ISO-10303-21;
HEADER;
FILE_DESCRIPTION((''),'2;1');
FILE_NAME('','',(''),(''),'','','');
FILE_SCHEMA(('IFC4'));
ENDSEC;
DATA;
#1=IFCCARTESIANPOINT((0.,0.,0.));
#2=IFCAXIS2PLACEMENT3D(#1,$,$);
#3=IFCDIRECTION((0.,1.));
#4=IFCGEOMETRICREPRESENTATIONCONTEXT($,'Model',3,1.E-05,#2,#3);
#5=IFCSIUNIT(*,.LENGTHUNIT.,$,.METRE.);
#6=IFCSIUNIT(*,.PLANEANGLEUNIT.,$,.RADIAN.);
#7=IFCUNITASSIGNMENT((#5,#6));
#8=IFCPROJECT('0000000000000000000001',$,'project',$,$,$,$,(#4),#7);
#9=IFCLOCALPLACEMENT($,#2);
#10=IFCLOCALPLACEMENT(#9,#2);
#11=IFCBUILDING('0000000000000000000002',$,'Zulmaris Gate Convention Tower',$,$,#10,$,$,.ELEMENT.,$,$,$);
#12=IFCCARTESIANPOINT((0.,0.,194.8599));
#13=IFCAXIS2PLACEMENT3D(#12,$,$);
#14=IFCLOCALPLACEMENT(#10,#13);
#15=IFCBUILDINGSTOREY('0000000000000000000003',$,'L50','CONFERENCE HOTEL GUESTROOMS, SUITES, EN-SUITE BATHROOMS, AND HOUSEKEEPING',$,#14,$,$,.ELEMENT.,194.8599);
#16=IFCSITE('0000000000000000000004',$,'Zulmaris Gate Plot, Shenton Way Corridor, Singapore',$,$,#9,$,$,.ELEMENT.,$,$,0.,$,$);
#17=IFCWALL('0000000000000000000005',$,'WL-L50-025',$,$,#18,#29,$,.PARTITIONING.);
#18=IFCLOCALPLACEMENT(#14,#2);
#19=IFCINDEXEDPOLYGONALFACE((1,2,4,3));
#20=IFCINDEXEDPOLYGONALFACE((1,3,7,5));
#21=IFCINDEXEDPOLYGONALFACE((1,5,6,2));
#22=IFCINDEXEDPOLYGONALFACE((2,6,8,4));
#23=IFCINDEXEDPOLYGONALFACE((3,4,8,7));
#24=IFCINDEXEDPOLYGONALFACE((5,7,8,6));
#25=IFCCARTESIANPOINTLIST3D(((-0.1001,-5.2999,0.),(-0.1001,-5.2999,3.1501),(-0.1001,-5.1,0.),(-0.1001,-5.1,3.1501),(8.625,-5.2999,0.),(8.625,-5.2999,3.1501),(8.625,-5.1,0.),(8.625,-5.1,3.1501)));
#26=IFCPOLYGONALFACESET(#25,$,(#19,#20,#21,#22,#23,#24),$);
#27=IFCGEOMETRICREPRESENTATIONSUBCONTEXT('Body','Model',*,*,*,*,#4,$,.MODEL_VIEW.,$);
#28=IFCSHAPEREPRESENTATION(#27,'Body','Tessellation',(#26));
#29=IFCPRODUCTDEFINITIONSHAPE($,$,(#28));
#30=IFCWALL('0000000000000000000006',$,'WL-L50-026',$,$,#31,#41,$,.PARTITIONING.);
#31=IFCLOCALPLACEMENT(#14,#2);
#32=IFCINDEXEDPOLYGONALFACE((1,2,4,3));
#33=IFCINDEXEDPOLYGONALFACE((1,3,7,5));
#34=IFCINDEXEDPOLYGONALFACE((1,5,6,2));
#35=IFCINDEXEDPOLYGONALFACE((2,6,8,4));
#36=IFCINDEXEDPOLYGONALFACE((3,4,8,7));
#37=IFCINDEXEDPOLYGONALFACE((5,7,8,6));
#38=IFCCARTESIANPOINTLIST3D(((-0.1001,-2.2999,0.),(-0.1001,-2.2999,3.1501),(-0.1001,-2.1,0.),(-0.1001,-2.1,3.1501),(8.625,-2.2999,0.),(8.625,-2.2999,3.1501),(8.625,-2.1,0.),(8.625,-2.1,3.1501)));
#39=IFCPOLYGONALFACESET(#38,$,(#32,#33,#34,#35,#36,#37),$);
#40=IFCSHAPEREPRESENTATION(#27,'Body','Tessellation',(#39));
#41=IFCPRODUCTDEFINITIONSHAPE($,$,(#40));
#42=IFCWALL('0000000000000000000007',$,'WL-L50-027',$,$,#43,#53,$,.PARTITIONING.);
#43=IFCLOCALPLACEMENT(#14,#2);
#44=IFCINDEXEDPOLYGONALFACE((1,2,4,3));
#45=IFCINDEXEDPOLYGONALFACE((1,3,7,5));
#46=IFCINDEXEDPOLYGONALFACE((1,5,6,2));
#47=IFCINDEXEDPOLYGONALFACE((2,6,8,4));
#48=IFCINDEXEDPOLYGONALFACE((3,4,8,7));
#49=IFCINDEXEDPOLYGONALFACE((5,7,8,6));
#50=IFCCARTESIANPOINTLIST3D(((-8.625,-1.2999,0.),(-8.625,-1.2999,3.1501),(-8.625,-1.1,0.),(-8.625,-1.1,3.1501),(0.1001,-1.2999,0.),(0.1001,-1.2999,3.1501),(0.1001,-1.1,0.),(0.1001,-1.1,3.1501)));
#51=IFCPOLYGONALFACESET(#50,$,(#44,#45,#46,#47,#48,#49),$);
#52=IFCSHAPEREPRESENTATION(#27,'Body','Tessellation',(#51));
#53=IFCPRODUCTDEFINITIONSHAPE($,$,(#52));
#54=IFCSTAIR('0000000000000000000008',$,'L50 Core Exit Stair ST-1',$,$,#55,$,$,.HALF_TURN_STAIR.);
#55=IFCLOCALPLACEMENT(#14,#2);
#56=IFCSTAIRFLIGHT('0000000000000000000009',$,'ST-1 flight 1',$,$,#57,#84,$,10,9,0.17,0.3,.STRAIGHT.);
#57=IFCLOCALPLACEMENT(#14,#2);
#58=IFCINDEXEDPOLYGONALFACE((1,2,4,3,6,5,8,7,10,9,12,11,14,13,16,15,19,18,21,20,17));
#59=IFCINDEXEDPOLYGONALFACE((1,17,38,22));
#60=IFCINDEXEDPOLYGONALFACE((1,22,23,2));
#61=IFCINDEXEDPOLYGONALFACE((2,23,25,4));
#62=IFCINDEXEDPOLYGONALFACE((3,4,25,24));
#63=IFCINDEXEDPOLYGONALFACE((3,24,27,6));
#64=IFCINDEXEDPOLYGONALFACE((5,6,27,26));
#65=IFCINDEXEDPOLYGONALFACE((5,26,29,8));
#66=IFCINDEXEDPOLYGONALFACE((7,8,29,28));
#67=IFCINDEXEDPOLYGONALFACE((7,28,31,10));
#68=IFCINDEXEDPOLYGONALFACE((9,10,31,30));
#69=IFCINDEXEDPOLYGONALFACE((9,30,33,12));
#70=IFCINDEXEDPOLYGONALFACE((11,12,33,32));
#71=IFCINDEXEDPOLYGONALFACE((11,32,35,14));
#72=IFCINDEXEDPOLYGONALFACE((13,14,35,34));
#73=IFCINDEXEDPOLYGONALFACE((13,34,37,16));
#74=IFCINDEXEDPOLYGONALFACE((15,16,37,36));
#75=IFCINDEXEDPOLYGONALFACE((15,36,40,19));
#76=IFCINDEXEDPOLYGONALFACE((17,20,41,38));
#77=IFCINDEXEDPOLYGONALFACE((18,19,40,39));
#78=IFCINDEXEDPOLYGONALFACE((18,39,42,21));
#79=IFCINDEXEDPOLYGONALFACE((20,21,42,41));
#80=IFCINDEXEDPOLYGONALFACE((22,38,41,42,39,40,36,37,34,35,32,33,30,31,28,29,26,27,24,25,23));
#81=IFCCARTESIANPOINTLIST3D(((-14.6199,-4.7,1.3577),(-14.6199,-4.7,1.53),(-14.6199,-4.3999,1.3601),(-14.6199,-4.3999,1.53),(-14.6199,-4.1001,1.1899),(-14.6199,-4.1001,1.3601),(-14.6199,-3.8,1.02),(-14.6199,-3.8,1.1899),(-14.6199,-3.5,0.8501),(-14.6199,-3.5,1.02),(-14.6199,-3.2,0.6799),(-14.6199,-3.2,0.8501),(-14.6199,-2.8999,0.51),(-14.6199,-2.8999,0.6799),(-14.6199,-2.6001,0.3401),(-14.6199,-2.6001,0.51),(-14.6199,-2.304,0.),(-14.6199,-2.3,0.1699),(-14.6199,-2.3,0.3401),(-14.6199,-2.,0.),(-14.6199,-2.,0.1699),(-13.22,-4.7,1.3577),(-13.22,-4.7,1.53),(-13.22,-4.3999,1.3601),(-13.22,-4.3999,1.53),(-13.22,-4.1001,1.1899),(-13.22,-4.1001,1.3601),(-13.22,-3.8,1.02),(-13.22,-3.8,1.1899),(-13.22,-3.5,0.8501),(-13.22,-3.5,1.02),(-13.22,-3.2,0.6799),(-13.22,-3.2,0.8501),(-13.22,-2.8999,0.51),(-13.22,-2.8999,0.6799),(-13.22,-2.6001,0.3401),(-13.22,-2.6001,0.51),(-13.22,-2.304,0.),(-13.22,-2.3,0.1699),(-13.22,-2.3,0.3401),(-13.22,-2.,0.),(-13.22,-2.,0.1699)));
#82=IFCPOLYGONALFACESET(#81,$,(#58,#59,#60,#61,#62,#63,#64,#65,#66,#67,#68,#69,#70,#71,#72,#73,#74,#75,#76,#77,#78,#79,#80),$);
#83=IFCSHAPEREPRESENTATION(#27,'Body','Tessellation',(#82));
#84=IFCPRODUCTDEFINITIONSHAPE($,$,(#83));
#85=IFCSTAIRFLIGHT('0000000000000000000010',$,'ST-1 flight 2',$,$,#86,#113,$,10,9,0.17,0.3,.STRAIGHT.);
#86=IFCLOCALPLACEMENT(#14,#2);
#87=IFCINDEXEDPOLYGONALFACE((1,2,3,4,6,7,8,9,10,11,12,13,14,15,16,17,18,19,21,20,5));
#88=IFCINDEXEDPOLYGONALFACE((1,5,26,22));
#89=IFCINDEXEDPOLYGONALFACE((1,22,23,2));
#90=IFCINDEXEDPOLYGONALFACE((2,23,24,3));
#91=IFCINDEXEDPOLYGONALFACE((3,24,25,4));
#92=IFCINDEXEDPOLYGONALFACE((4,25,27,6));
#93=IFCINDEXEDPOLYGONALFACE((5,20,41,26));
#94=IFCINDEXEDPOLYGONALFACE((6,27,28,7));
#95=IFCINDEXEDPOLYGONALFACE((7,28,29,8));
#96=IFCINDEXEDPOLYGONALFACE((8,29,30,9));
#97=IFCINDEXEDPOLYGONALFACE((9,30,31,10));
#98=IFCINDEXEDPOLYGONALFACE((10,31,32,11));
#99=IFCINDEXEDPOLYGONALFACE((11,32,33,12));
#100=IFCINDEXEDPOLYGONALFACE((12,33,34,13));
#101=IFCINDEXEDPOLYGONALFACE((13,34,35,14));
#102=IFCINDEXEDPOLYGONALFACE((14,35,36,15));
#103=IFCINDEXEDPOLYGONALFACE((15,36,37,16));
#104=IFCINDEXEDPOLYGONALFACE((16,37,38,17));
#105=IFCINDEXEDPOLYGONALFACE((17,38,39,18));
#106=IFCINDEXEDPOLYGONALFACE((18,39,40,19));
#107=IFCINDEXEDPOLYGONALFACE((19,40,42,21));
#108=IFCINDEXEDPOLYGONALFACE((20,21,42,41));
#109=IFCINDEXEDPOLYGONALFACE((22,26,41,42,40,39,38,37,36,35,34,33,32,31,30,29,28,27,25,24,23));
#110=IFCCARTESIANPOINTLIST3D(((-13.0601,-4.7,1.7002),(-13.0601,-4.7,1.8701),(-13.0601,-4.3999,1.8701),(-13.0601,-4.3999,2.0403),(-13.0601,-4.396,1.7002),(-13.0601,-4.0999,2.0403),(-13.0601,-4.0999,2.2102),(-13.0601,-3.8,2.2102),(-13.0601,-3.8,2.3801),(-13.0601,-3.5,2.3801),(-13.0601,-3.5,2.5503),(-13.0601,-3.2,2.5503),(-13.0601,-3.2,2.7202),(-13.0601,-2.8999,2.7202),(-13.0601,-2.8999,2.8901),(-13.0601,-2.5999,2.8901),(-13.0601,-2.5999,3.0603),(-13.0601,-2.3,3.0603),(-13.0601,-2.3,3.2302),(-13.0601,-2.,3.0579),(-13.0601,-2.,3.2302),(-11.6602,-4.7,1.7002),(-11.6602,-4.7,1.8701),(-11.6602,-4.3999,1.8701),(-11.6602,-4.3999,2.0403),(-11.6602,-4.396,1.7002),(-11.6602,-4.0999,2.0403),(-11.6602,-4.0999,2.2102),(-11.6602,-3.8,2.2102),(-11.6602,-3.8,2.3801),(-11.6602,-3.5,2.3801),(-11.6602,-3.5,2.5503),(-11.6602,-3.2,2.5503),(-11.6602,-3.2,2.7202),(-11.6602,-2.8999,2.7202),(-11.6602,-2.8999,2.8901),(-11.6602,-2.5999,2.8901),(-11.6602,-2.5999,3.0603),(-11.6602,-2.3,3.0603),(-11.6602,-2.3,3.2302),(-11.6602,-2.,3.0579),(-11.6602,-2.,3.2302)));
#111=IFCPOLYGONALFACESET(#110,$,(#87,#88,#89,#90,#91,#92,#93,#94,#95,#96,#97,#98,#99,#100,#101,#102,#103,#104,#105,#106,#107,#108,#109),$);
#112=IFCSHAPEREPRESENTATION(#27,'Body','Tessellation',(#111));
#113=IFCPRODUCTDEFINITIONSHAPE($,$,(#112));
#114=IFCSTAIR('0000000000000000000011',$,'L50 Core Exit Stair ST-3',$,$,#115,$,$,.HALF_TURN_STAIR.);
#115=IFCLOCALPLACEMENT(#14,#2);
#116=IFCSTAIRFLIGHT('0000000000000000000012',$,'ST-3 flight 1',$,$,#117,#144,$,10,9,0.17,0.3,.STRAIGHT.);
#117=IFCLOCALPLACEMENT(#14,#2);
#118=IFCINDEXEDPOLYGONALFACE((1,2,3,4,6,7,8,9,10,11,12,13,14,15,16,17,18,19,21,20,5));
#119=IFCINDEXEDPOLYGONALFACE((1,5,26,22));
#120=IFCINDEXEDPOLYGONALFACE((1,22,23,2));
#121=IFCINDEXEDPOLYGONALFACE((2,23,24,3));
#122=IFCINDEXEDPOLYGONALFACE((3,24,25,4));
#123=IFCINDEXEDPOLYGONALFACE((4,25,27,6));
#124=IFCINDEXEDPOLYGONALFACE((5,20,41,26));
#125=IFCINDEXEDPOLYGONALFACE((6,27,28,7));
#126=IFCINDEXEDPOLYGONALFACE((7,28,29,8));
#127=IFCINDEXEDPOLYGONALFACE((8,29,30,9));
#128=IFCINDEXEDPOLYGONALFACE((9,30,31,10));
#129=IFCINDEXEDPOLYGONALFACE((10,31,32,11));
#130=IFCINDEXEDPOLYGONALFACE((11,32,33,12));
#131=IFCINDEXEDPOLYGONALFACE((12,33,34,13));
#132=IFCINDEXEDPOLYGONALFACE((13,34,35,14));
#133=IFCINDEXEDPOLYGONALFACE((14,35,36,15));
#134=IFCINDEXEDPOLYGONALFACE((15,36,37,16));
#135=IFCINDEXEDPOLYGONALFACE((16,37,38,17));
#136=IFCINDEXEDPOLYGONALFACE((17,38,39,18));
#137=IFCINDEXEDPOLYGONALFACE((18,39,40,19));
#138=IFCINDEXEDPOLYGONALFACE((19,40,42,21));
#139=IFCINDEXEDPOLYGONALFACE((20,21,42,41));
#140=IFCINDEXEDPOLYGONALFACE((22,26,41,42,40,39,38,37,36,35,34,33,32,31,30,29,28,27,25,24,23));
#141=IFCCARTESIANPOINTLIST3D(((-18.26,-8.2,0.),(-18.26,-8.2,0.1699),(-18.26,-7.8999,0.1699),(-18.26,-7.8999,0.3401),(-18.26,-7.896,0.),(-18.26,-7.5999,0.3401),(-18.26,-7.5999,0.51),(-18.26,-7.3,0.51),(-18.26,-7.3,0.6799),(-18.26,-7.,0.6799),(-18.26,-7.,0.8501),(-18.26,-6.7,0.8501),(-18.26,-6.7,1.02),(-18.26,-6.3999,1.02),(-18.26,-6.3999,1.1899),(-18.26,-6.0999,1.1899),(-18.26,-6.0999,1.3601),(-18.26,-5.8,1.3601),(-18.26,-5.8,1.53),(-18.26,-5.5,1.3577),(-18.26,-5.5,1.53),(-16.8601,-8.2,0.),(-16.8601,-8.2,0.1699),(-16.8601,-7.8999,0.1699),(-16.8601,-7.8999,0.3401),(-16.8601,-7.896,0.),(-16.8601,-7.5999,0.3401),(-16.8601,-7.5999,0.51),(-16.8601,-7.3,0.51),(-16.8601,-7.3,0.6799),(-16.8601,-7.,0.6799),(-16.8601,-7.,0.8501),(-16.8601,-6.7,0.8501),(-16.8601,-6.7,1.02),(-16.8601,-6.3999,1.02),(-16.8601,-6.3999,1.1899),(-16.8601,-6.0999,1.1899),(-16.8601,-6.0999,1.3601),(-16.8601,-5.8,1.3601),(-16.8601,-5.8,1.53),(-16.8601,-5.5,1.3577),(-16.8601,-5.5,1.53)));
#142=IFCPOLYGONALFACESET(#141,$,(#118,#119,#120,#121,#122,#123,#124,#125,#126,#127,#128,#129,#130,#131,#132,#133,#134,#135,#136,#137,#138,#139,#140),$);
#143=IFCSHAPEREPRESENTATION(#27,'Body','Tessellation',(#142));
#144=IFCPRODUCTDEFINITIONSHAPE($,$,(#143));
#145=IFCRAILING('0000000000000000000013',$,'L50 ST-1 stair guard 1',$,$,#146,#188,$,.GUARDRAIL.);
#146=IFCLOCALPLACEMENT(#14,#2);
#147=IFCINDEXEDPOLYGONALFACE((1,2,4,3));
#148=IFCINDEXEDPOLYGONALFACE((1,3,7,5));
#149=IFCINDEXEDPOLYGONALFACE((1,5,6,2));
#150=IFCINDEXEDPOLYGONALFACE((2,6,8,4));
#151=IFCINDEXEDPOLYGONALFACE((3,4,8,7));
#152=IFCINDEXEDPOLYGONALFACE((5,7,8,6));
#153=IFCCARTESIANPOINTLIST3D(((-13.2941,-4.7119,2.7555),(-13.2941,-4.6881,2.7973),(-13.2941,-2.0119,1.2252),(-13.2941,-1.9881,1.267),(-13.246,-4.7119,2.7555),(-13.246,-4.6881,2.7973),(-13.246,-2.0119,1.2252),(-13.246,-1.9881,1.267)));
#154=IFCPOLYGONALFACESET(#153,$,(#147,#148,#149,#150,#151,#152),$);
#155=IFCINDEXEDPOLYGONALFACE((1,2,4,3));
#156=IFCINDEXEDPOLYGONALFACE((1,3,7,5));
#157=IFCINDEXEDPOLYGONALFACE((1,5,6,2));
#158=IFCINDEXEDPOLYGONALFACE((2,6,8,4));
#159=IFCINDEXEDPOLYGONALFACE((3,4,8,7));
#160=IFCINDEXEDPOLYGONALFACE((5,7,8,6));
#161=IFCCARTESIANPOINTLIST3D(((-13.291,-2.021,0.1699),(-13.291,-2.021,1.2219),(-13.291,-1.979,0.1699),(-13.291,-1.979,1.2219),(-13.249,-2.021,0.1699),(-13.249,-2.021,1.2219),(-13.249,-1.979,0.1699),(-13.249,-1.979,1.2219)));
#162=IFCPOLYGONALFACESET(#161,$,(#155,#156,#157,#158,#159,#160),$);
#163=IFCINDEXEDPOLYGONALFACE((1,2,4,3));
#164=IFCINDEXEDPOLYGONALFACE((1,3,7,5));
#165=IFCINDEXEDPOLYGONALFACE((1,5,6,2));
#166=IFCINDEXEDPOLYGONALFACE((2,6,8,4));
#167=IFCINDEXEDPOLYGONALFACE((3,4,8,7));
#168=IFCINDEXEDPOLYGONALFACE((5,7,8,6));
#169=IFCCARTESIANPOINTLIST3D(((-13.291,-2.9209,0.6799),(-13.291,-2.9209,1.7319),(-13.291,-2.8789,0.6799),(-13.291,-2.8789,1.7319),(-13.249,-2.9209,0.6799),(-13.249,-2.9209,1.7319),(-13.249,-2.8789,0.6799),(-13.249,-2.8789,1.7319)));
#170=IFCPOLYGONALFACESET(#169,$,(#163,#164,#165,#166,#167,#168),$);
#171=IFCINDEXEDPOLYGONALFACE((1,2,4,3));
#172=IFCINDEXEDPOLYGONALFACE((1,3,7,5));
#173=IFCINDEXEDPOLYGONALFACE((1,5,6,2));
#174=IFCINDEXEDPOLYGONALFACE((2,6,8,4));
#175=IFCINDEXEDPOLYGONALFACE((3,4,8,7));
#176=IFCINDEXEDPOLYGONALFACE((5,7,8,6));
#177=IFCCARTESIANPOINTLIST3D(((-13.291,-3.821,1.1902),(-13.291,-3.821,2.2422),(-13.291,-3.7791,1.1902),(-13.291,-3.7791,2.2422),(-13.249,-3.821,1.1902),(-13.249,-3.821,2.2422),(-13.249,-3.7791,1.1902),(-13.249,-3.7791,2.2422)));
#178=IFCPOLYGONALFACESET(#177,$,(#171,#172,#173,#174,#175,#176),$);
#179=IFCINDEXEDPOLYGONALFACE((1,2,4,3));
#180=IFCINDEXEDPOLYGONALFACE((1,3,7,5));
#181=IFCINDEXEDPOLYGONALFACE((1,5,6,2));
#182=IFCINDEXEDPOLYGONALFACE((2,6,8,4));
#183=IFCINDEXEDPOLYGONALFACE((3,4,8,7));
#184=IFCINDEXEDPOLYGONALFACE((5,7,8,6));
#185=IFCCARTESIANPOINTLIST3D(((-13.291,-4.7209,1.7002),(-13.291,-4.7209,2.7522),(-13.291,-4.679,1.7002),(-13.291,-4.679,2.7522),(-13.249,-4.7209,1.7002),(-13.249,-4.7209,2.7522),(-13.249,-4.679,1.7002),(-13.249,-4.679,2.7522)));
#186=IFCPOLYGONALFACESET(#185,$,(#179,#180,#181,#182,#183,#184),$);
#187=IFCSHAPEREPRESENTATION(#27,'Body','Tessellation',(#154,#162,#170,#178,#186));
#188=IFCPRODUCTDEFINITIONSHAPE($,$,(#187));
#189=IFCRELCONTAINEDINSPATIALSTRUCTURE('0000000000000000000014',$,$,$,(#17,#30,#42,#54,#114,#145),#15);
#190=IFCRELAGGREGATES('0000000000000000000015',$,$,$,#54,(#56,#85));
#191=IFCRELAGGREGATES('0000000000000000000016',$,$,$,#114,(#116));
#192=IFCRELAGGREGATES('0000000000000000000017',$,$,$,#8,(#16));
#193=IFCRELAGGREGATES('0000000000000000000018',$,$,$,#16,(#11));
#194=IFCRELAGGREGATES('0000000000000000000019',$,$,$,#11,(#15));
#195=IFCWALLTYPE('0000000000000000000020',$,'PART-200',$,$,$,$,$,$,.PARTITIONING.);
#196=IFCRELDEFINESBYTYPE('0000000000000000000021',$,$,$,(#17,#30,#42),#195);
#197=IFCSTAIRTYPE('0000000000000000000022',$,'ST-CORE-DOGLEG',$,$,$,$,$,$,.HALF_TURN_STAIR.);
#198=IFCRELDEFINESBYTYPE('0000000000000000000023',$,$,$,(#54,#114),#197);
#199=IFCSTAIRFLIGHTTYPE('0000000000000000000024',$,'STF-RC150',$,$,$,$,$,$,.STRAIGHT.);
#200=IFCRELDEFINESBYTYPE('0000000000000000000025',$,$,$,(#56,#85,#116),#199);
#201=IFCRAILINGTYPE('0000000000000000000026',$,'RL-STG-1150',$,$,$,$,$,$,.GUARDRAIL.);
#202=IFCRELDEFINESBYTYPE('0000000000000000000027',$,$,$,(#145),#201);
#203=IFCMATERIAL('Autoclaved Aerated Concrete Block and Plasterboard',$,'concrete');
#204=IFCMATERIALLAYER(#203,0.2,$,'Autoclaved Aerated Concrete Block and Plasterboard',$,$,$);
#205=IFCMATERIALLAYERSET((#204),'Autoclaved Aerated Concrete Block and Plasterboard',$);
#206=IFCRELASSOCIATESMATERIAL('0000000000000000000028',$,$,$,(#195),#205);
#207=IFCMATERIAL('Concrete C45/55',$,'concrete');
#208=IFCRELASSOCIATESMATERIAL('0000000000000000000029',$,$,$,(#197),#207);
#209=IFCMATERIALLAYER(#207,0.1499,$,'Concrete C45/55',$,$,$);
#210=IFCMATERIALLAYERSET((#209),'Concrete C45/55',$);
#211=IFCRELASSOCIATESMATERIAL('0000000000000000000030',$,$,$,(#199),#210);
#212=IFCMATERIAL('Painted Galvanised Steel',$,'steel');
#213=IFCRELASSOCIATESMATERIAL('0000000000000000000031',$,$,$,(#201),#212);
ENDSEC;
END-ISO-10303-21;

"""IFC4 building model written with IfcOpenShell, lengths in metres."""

from ifc_helpers import new_model, si_unit, direction, frame, frame_2d, origin, origin_2d, place, context, subcontext, project, spatial, polyline, rectangle, outline, extrude, material, layer, layer_set, type_object, element, aggregate, save


model = new_model("IFC4")

# Units and contexts
model_context = context("Model", 3, precision=1e-05, world=origin(), true_north=direction((0.0, 1.0)))
body_context = subcontext(model_context, "Body", "Model", "MODEL_VIEW")
ifc_project = project(units=[si_unit("LENGTHUNIT", "METRE"), si_unit("PLANEANGLEUNIT", "RADIAN")], contexts=[model_context])

# Site, building, storey
site_placement = place(None, origin())
site = spatial("IfcSite", under=ifc_project, at=site_placement, Name="Zulmaris Gate Plot, Shenton Way Corridor, Singapore", CompositionType="ELEMENT", RefElevation=0.0)
building_placement = place(site_placement, origin())
building = spatial("IfcBuilding", under=site, at=building_placement, Name="Zulmaris Gate Convention Tower", CompositionType="ELEMENT")
storey_placement = place(building_placement, frame((0.0, 0.0, 194.8599)))
storey = spatial("IfcBuildingStorey", under=building, at=storey_placement, Name="L50", Description="CONFERENCE HOTEL GUESTROOMS, SUITES, EN-SUITE BATHROOMS, AND HOUSEKEEPING", CompositionType="ELEMENT", Elevation=194.8599)

# Walls
ifc_material_1 = material(Name="Autoclaved Aerated Concrete Block and Plasterboard", Category="concrete")
ifc_layer_1 = layer(ifc_material_1, 0.2, Name="Autoclaved Aerated Concrete Block and Plasterboard")
ifc_layer_set_1 = layer_set([ifc_layer_1], Name="Autoclaved Aerated Concrete Block and Plasterboard")
wall_type_1 = type_object("IfcWallType", Name="PART-200", PredefinedType="PARTITIONING", material=ifc_layer_set_1)
for number, where, z_axis, x_axis, name in (
    (1, (-0.1001, -5.2, 0.0), (0.0, 0.0, 1.0), (1.0, 0.0, 0.0), "WL-L50-025"),
    (2, (-0.1001, -2.2, 0.0), (0.0, 0.0, 1.0), (1.0, 0.0, 0.0), "WL-L50-026"),
    (3, (-8.625, -1.2, 0.0), (0.0, 0.0, 1.0), (1.0, 0.0, 0.0), "WL-L50-027"),
):
    element("IfcWall", number, at=place(storey_placement, frame(where, z_axis=z_axis, x_axis=x_axis)), inside=storey, type_object=wall_type_1, Name=name, PredefinedType="PARTITIONING", context=body_context, shape_type="SweptSolid", body=[
        extrude(rectangle(XDim=8.7251, YDim=0.2, at=frame_2d((4.3625, 0.0))), origin(), (0.0, 0.0, 1.0), 3.1501),
    ])

# Stair, stair flights
ifc_material_2 = material(Name="Concrete C45/55", Category="concrete")
stair_type = type_object("IfcStairType", Name="ST-CORE-DOGLEG", PredefinedType="HALF_TURN_STAIR", material=ifc_material_2)
stair_1_placement = place(storey_placement, origin())
stair_1 = element("IfcStair", 4, at=stair_1_placement, inside=storey, type_object=stair_type, Name="L50 Core Exit Stair ST-1", PredefinedType="HALF_TURN_STAIR")
ifc_layer_2 = layer(ifc_material_2, 0.1499, Name="Concrete C45/55")
ifc_layer_set_2 = layer_set([ifc_layer_2], Name="Concrete C45/55")
stair_flight_type = type_object("IfcStairFlightType", Name="STF-RC150", PredefinedType="STRAIGHT", material=ifc_layer_set_2)
stair_flight_1_placement = place(storey_placement, frame((-13.9199, -2.0, 0.0), z_axis=(0.0, 0.0, 1.0), x_axis=(0.0, -1.0, 0.0)))
stair_flight_1 = element("IfcStairFlight", 5, at=stair_flight_1_placement, type_object=stair_flight_type, Name="ST-1 flight 1", NumberOfRisers=10, NumberOfTreads=9, PredefinedType="STRAIGHT", RiserHeight=0.17, TreadLength=0.3, context=body_context, shape_type="SweptSolid", body=[
    extrude(outline(polyline([(0.0, 0.0), (0.0, 0.1699), (0.3, 0.1699), (0.3, 0.3401), (0.6001, 0.3401), (0.6001, 0.51), (0.8999, 0.51), (0.8999, 0.6799), (1.2, 0.6799), (1.2, 0.8501), (1.5, 0.8501), (1.5, 1.02), (1.8, 1.02), (1.8, 1.1899), (2.1001, 1.1899), (2.1001, 1.3601), (2.3999, 1.3601), (2.3999, 1.53), (2.7, 1.53), (2.7, 1.7), (2.7, 1.3577), (0.304, 0.0), (0.0, 0.0)])), frame((0.0, 0.7, 0.0), z_axis=(0.0, -1.0, 0.0), x_axis=(1.0, 0.0, 0.0)), (0.0, 0.0, 1.0), 1.3999),
])
stair_flight_2_placement = place(storey_placement, frame((-12.3601, -4.7, 1.7002), z_axis=(0.0, 0.0, 1.0), x_axis=(0.0, 1.0, 0.0)))
stair_flight_2 = element("IfcStairFlight", 6, at=stair_flight_2_placement, type_object=stair_flight_type, Name="ST-1 flight 2", NumberOfRisers=10, NumberOfTreads=9, PredefinedType="STRAIGHT", RiserHeight=0.17, TreadLength=0.3, context=body_context, shape_type="SweptSolid", body=[
    extrude(outline(polyline([(0.0, 0.0), (0.0, 0.1699), (0.3, 0.1699), (0.3, 0.3401), (0.6001, 0.3401), (0.6001, 0.51), (0.8999, 0.51), (0.8999, 0.6799), (1.2, 0.6799), (1.2, 0.8501), (1.5, 0.8501), (1.5, 1.02), (1.8, 1.02), (1.8, 1.1899), (2.1001, 1.1899), (2.1001, 1.3601), (2.3999, 1.3601), (2.3999, 1.53), (2.7, 1.53), (2.7, 1.7), (2.7, 1.3577), (0.304, 0.0), (0.0, 0.0)])), frame((0.0, 0.7, 0.0), z_axis=(0.0, -1.0, 0.0), x_axis=(1.0, 0.0, 0.0)), (0.0, 0.0, 1.0), 1.3999),
])
aggregate(stair_1, [stair_flight_1, stair_flight_2])

# Stair, stair flight
stair_2_placement = place(storey_placement, origin())
stair_2 = element("IfcStair", 7, at=stair_2_placement, inside=storey, type_object=stair_type, Name="L50 Core Exit Stair ST-3", PredefinedType="HALF_TURN_STAIR")
stair_flight_3_placement = place(storey_placement, frame((-17.5601, -8.2, 0.0), z_axis=(0.0, 0.0, 1.0), x_axis=(0.0, 1.0, 0.0)))
stair_flight_3 = element("IfcStairFlight", 8, at=stair_flight_3_placement, type_object=stair_flight_type, Name="ST-3 flight 1", NumberOfRisers=10, NumberOfTreads=9, PredefinedType="STRAIGHT", RiserHeight=0.17, TreadLength=0.3, context=body_context, shape_type="SweptSolid", body=[
    extrude(outline(polyline([(0.0, 0.0), (0.0, 0.1699), (0.3, 0.1699), (0.3, 0.3401), (0.6001, 0.3401), (0.6001, 0.51), (0.8999, 0.51), (0.8999, 0.6799), (1.2, 0.6799), (1.2, 0.8501), (1.5, 0.8501), (1.5, 1.02), (1.8, 1.02), (1.8, 1.1899), (2.1001, 1.1899), (2.1001, 1.3601), (2.3999, 1.3601), (2.3999, 1.53), (2.7, 1.53), (2.7, 1.7), (2.7, 1.3577), (0.304, 0.0), (0.0, 0.0)])), frame((0.0, 0.7, 0.0), z_axis=(0.0, -1.0, 0.0), x_axis=(1.0, 0.0, 0.0)), (0.0, 0.0, 1.0), 1.3999),
])
aggregate(stair_2, [stair_flight_3])

# Railing
ifc_material_3 = material(Name="Painted Galvanised Steel", Category="steel")
railing_type_1 = type_object("IfcRailingType", Name="RL-STG-1150", PredefinedType="GUARDRAIL", material=ifc_material_3)
railing_1_placement = place(storey_placement, frame((-13.27, -2.0, 0.1699)))
element("IfcRailing", 9, at=railing_1_placement, inside=storey, type_object=railing_type_1, Name="L50 ST-1 stair guard 1", PredefinedType="GUARDRAIL", context=body_context, shape_type="SweptSolid", body=[
    extrude(rectangle(XDim=0.0481, YDim=0.0481, at=origin_2d()), frame((0.0, 0.0, 1.0762), z_axis=(0.0, -0.869981, 0.493086), x_axis=(1.0, 0.0, 0.0)), (0.0, 0.0, 1.0), 3.1035),
    extrude(rectangle(XDim=0.042, YDim=0.042, at=origin_2d()), origin(), (0.0, 0.0, 1.0), 1.052),
    extrude(rectangle(XDim=0.042, YDim=0.042, at=origin_2d()), frame((0.0, -0.8999, 0.51)), (0.0, 0.0, 1.0), 1.052),
    extrude(rectangle(XDim=0.042, YDim=0.042, at=origin_2d()), frame((0.0, -1.8, 1.0203)), (0.0, 0.0, 1.0), 1.052),
    extrude(rectangle(XDim=0.042, YDim=0.042, at=origin_2d()), frame((0.0, -2.7, 1.5303)), (0.0, 0.0, 1.0), 1.052),
])

save(model, "model.ifc")
